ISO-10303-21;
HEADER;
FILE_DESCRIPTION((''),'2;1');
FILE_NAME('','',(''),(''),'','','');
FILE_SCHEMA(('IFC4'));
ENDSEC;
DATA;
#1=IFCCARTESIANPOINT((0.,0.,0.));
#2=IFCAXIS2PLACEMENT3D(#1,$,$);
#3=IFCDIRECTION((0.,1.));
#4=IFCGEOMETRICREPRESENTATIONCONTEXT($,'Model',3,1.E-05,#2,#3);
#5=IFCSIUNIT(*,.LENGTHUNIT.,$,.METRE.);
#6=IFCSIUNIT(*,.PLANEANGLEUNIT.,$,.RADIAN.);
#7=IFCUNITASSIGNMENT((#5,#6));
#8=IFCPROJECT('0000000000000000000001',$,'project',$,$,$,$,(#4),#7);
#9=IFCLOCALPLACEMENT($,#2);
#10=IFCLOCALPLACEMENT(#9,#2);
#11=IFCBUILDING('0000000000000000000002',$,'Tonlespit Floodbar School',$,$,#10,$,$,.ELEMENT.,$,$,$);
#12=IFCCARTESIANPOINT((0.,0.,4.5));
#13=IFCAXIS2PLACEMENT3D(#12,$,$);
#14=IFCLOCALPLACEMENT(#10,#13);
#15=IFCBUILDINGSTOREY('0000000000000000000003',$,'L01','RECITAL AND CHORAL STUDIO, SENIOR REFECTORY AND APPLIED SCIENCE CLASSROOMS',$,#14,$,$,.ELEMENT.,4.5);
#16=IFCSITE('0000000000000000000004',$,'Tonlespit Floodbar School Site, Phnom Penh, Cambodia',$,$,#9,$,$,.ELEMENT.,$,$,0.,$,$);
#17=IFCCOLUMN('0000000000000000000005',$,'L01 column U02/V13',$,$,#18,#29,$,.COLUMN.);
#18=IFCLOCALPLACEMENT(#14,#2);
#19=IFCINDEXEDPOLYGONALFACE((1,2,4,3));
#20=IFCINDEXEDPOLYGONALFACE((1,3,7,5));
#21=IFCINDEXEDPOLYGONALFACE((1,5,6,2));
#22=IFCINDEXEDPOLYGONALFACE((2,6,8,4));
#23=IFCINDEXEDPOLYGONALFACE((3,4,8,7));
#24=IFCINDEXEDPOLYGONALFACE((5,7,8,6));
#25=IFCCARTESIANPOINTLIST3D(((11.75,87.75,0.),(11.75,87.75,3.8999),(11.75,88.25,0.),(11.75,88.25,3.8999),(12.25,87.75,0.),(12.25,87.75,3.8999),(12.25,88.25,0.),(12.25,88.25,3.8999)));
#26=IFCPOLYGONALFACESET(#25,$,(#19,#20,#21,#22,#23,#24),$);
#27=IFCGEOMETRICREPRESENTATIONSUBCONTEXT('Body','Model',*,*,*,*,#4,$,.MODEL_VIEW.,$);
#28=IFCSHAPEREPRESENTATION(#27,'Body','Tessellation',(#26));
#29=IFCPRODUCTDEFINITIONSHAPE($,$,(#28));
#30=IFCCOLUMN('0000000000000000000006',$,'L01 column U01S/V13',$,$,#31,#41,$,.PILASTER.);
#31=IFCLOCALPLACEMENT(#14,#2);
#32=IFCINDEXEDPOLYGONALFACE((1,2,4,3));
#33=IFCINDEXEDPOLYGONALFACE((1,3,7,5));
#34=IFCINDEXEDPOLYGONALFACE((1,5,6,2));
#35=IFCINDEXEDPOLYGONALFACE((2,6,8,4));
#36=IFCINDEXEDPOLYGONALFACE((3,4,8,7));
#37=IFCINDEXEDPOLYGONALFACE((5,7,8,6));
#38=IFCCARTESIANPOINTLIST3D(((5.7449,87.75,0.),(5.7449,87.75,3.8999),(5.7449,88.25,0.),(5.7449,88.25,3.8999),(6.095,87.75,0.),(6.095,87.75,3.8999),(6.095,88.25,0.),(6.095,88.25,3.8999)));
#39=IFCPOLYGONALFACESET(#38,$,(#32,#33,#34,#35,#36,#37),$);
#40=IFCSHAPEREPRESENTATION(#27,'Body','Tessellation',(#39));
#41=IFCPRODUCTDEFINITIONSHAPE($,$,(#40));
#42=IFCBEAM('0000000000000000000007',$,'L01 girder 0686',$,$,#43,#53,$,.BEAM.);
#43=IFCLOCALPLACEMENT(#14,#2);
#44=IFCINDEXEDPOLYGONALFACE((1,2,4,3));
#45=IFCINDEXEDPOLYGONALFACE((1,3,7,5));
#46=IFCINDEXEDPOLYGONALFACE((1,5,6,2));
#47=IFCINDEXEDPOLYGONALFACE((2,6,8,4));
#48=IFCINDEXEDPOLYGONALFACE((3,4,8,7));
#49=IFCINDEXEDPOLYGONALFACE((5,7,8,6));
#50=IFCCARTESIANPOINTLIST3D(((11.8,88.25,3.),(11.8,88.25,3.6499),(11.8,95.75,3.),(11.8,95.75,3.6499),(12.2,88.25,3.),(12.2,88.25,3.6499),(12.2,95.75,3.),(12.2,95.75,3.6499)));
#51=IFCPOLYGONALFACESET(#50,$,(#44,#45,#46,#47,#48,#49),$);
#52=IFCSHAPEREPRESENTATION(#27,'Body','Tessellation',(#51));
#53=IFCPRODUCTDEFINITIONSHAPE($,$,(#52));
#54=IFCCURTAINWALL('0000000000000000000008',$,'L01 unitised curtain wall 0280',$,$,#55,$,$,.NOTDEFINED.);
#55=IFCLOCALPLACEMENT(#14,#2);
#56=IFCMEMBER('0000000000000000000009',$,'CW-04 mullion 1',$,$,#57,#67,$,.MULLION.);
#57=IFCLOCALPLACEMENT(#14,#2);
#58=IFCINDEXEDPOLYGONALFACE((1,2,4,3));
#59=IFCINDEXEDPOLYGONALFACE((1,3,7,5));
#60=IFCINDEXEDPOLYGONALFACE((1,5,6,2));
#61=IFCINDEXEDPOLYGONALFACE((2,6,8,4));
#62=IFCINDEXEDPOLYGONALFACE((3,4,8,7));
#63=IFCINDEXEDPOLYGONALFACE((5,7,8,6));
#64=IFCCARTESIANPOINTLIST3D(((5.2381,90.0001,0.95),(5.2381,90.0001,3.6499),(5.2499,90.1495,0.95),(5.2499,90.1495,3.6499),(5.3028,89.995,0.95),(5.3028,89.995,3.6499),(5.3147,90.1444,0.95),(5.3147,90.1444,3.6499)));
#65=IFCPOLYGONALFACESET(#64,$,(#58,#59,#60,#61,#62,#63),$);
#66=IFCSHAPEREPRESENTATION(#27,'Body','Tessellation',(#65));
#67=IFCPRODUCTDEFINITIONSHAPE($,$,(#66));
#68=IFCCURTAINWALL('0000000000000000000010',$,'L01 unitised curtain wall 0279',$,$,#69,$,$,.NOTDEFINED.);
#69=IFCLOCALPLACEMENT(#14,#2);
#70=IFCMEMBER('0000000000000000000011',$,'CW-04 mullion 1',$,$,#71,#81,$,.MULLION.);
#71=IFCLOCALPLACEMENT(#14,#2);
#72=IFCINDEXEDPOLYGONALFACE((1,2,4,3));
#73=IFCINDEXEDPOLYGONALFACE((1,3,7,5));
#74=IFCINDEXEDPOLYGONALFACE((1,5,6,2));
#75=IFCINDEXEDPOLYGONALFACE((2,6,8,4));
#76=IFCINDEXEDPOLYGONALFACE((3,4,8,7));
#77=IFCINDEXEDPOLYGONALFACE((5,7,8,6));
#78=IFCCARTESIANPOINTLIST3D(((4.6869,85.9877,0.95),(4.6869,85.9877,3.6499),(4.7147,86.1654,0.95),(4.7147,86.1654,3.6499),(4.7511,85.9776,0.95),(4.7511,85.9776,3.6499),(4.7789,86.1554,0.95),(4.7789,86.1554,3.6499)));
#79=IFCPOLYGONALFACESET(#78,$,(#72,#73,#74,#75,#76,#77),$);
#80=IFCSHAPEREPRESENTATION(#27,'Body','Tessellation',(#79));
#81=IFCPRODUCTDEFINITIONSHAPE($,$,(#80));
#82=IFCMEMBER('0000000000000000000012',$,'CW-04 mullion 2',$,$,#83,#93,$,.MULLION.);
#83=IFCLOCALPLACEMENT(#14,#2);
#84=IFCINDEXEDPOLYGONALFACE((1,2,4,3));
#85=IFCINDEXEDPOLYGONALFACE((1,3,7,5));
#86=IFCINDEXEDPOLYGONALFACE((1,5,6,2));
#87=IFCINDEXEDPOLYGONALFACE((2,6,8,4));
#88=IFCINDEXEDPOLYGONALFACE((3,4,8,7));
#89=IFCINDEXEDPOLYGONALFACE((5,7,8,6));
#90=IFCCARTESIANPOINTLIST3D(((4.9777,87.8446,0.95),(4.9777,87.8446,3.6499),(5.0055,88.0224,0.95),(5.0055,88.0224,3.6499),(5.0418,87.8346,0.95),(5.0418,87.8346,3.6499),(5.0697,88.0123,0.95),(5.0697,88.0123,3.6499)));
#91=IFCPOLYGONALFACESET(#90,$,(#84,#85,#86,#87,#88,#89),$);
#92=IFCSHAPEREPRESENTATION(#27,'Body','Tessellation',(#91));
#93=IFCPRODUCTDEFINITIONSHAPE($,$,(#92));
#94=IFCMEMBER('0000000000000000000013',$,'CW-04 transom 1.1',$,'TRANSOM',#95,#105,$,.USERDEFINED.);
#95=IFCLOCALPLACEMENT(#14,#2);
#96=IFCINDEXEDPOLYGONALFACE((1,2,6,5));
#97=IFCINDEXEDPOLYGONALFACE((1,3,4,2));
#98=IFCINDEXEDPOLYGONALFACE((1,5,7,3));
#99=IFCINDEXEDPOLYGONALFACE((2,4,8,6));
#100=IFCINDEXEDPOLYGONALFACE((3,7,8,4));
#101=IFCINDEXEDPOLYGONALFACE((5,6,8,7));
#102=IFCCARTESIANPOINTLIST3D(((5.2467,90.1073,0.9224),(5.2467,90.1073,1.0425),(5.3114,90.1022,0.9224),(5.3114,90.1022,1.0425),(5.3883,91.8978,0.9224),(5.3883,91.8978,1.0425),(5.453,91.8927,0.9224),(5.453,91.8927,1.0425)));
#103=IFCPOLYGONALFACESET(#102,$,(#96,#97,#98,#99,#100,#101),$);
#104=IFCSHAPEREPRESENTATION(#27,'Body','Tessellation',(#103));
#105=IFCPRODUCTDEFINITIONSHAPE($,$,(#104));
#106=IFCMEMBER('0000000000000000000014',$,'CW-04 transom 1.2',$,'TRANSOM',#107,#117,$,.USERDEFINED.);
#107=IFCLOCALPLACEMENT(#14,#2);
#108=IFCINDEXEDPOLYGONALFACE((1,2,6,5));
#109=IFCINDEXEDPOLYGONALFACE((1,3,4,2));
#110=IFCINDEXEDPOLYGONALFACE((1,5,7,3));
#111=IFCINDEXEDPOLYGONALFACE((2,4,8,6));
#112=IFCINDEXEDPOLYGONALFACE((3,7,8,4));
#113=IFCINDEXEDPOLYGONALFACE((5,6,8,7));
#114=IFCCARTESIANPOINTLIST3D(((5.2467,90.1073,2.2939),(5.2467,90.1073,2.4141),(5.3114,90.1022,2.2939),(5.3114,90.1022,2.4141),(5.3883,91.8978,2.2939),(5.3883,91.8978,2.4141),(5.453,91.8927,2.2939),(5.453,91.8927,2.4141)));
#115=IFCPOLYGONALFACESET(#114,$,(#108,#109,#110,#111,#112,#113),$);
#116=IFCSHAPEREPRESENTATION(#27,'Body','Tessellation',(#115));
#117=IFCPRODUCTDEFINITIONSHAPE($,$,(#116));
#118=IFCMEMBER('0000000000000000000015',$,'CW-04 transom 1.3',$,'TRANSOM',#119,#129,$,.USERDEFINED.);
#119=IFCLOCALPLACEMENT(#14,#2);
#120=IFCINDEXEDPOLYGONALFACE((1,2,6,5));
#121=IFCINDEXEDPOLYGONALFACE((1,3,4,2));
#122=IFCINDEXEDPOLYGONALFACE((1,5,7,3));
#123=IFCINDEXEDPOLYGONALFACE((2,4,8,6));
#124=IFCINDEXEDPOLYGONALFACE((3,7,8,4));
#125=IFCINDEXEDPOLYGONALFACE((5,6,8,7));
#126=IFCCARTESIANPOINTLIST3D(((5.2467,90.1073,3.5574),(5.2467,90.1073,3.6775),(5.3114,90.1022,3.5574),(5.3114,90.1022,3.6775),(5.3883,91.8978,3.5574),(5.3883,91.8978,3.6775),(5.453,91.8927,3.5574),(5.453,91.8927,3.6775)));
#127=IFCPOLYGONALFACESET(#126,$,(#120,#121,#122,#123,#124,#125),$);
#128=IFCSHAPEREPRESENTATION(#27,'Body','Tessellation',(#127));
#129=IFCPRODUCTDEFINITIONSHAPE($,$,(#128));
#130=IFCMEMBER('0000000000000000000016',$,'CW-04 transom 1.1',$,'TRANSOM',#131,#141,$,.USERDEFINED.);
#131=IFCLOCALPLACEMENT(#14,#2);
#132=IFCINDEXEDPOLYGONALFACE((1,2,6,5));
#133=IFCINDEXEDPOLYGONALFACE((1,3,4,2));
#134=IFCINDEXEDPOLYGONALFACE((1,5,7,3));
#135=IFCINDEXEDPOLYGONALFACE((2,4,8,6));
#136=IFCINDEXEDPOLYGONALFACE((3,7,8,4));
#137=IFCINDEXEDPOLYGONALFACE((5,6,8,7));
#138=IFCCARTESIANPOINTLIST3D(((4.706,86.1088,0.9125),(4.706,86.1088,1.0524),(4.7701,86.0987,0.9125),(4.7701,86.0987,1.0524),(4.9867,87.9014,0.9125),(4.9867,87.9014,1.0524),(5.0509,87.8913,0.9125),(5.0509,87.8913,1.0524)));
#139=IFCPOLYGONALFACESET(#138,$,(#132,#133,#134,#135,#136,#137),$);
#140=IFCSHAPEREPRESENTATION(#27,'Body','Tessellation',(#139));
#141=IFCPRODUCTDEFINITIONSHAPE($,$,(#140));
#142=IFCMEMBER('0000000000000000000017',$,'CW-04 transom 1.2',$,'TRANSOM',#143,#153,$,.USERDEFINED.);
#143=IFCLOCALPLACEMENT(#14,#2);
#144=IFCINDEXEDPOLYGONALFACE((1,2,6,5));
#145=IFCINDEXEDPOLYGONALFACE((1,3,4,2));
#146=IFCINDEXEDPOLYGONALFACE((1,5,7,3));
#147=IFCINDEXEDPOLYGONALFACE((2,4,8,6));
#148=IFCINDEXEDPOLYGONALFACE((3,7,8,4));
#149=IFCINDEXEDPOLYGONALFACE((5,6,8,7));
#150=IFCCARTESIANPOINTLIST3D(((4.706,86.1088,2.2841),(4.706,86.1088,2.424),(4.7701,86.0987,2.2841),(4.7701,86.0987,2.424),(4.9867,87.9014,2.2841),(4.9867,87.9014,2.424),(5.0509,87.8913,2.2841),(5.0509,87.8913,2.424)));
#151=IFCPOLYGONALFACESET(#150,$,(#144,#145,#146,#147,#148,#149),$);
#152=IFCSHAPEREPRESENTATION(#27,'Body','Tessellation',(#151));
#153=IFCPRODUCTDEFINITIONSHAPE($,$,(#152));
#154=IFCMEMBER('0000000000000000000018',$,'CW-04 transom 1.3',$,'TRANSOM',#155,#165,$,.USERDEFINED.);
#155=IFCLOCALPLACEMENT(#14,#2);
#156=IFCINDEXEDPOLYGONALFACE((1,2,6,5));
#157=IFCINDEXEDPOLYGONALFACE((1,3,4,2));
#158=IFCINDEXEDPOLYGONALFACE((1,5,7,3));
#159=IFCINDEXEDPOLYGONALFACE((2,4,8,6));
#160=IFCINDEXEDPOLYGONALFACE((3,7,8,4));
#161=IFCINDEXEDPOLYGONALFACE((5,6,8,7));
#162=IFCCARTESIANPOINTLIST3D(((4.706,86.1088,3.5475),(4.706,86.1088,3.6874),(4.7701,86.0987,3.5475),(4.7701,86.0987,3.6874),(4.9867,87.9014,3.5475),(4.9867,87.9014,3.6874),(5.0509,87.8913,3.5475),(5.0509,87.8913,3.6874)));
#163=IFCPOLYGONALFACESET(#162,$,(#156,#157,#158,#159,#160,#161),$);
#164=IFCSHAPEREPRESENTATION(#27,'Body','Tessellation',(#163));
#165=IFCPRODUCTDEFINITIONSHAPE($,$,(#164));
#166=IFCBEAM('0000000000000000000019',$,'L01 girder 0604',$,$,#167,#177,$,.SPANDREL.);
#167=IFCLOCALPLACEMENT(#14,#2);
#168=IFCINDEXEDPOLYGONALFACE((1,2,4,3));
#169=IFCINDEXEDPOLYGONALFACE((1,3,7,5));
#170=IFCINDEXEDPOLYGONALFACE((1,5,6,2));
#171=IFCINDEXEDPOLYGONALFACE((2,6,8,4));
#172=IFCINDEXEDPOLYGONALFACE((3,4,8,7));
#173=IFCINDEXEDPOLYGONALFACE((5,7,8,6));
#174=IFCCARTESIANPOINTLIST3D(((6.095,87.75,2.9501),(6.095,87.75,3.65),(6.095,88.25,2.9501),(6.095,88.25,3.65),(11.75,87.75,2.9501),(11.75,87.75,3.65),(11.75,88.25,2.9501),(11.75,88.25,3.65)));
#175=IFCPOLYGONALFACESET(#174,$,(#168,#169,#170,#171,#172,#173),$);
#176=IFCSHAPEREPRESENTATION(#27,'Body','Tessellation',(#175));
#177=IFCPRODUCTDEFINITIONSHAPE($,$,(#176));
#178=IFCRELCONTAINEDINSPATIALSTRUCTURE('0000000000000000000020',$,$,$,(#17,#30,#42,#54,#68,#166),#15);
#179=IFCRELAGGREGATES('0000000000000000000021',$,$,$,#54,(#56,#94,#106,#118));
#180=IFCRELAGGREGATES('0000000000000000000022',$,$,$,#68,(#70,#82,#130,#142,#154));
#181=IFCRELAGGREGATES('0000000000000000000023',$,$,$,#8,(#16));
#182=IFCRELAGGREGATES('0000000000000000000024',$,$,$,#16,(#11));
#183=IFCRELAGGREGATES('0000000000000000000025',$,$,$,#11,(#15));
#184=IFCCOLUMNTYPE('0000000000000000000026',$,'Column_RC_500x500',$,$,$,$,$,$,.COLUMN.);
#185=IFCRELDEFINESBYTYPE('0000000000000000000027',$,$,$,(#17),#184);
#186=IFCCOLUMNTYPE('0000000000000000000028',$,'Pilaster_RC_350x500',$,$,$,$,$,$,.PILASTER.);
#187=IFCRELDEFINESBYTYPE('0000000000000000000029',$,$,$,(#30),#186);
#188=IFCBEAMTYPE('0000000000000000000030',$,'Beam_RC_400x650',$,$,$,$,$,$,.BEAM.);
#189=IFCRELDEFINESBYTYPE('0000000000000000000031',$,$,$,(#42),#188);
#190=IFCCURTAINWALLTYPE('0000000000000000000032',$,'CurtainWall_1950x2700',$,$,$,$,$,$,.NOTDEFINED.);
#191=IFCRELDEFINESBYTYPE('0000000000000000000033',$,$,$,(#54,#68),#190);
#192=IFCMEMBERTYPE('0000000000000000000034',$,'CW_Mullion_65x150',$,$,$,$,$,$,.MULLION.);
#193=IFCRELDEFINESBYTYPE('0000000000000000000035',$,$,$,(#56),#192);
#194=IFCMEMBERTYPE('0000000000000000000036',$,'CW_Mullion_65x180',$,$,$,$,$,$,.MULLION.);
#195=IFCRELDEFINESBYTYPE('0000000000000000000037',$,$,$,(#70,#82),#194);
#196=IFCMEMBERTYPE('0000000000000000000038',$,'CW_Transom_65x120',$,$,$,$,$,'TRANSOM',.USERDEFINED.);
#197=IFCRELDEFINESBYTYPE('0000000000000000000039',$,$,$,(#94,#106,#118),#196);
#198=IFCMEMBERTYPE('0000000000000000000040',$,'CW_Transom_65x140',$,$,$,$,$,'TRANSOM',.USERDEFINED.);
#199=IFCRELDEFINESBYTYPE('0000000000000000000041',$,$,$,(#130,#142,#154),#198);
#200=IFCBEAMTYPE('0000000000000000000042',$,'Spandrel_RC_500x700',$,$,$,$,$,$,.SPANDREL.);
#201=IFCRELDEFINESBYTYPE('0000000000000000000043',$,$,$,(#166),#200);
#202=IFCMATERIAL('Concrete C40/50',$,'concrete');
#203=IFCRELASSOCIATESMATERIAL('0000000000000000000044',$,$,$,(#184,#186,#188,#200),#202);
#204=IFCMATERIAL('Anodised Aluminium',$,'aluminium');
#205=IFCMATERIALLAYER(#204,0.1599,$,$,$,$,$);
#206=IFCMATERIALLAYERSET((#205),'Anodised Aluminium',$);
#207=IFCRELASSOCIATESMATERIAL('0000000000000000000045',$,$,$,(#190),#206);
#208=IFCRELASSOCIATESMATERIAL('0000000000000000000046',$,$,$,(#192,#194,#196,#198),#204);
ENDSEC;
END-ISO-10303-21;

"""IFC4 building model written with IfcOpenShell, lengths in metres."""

from ifc_helpers import new_model, si_unit, direction, frame, origin, origin_2d, place, context, subcontext, project, spatial, rectangle, extrude, material, layer, layer_set, material_profile, profile_set, type_object, element, aggregate, save


model = new_model("IFC4")

# Units and contexts
model_context = context("Model", 3, precision=1e-05, world=origin(), true_north=direction((0.0, 1.0)))
body_context = subcontext(model_context, "Body", "Model", "MODEL_VIEW")
ifc_project = project(units=[si_unit("LENGTHUNIT", "METRE"), si_unit("PLANEANGLEUNIT", "RADIAN")], contexts=[model_context])

# Site, building, storey
site_placement = place(None, origin())
site = spatial("IfcSite", under=ifc_project, at=site_placement, Name="Tonlespit Floodbar School Site, Phnom Penh, Cambodia", CompositionType="ELEMENT", RefElevation=0.0)
building_placement = place(site_placement, origin())
building = spatial("IfcBuilding", under=site, at=building_placement, Name="Tonlespit Floodbar School", CompositionType="ELEMENT")
storey_placement = place(building_placement, frame((0.0, 0.0, 4.5)))
storey = spatial("IfcBuildingStorey", under=building, at=storey_placement, Name="L01", Description="RECITAL AND CHORAL STUDIO, SENIOR REFECTORY AND APPLIED SCIENCE CLASSROOMS", CompositionType="ELEMENT", Elevation=4.5)

# Columns
ifc_material_1 = material(Name="Concrete C40/50", Category="concrete")
ifc_material_profile_1 = material_profile(ifc_material_1, rectangle(XDim=0.5, YDim=0.5, at=origin_2d()), Name="RC 500x500")
ifc_profile_set_1 = profile_set([ifc_material_profile_1], Name="Concrete C40/50")
column_type_1 = type_object("IfcColumnType", Name="Column_RC_500x500", PredefinedType="COLUMN", material=ifc_profile_set_1)
column_1_placement = place(storey_placement, frame((12.0, 88.0, 0.0), z_axis=(0.0, 0.0, 1.0), x_axis=(1.0, 0.0, 0.0)))
element("IfcColumn", 1, at=column_1_placement, inside=storey, type_object=column_type_1, Name="L01 column U02/V13", PredefinedType="COLUMN", context=body_context, shape_type="SweptSolid", body=[
    extrude(rectangle(XDim=0.5, YDim=0.5, at=origin_2d()), origin(), (0.0, 0.0, 1.0), 3.8999),
])
ifc_material_profile_2 = material_profile(ifc_material_1, rectangle(XDim=0.3501, YDim=0.5, at=origin_2d()), Name="RC 350x500")
ifc_profile_set_2 = profile_set([ifc_material_profile_2], Name="Concrete C40/50")
column_type_2 = type_object("IfcColumnType", Name="Pilaster_RC_350x500", PredefinedType="PILASTER", material=ifc_profile_set_2)
column_2_placement = place(storey_placement, frame((5.9199, 88.0, 0.0), z_axis=(0.0, 0.0, 1.0), x_axis=(1.0, 0.0, 0.0)))
element("IfcColumn", 2, at=column_2_placement, inside=storey, type_object=column_type_2, Name="L01 column U01S/V13", PredefinedType="PILASTER", context=body_context, shape_type="SweptSolid", body=[
    extrude(rectangle(XDim=0.3501, YDim=0.5, at=origin_2d()), origin(), (0.0, 0.0, 1.0), 3.8999),
])

# Beam
ifc_material_profile_3 = material_profile(ifc_material_1, rectangle(XDim=0.3999, YDim=0.6499, at=origin_2d()), Name="RC 400x650")
ifc_profile_set_3 = profile_set([ifc_material_profile_3], Name="Concrete C40/50")
beam_type_1 = type_object("IfcBeamType", Name="Beam_RC_400x650", PredefinedType="BEAM", material=ifc_profile_set_3)
beam_1_placement = place(storey_placement, frame((12.0, 88.25, 3.325), z_axis=(0.0, 1.0, 0.0), x_axis=(-1.0, 0.0, 0.0)))
element("IfcBeam", 3, at=beam_1_placement, inside=storey, type_object=beam_type_1, Name="L01 girder 0686", PredefinedType="BEAM", context=body_context, shape_type="SweptSolid", body=[
    extrude(rectangle(XDim=0.3999, YDim=0.6499, at=origin_2d()), origin(), (0.0, 0.0, 1.0), 7.5),
])

# Curtain wall, member
ifc_material_2 = material(Name="Anodised Aluminium", Category="aluminium")
ifc_layer_1 = layer(ifc_material_2, 0.1599)
ifc_layer_set_1 = layer_set([ifc_layer_1], Name="Anodised Aluminium")
curtain_wall_type = type_object("IfcCurtainWallType", Name="CurtainWall_1950x2700", PredefinedType="NOTDEFINED", material=ifc_layer_set_1)
curtain_wall_1_placement = place(storey_placement, origin())
curtain_wall_1 = element("IfcCurtainWall", 4, at=curtain_wall_1_placement, inside=storey, type_object=curtain_wall_type, Name="L01 unitised curtain wall 0280", PredefinedType="NOTDEFINED")
ifc_material_profile_4 = material_profile(ifc_material_2, rectangle(XDim=0.0649, YDim=0.1499, at=origin_2d()), Name="ALU M65x150")
ifc_profile_set_4 = profile_set([ifc_material_profile_4], Name="Anodised Aluminium")
member_type_1 = type_object("IfcMemberType", Name="CW_Mullion_65x150", PredefinedType="MULLION", material=ifc_profile_set_4)
member_1_placement = place(storey_placement, frame((5.2764, 90.0723, 0.95), z_axis=(0.0, 0.0, 1.0), x_axis=(-0.996878, 0.078963, 0.0)))
member_1 = element("IfcMember", 5, at=member_1_placement, type_object=member_type_1, Name="CW-04 mullion 1", PredefinedType="MULLION", context=body_context, shape_type="SweptSolid", body=[
    extrude(rectangle(XDim=0.0649, YDim=0.1499, at=origin_2d()), origin(), (0.0, 0.0, 1.0), 2.7),
])

# Curtain wall, members
curtain_wall_2_placement = place(storey_placement, origin())
curtain_wall_2 = element("IfcCurtainWall", 6, at=curtain_wall_2_placement, inside=storey, type_object=curtain_wall_type, Name="L01 unitised curtain wall 0279", PredefinedType="NOTDEFINED")
ifc_material_profile_5 = material_profile(ifc_material_2, rectangle(XDim=0.0649, YDim=0.1799, at=origin_2d()), Name="ALU M65x180")
ifc_profile_set_5 = profile_set([ifc_material_profile_5], Name="Anodised Aluminium")
member_type_2 = type_object("IfcMemberType", Name="CW_Mullion_65x180", PredefinedType="MULLION", material=ifc_profile_set_5)
member_2_placement = place(storey_placement, frame((4.7329, 86.0715, 0.95), z_axis=(0.0, 0.0, 1.0), x_axis=(-0.987961, 0.1547, 0.0)))
member_2 = element("IfcMember", 7, at=member_2_placement, type_object=member_type_2, Name="CW-04 mullion 1", PredefinedType="MULLION", context=body_context, shape_type="SweptSolid", body=[
    extrude(rectangle(XDim=0.0649, YDim=0.1799, at=origin_2d()), origin(), (0.0, 0.0, 1.0), 2.7),
])
member_3_placement = place(storey_placement, frame((5.0237, 87.9285, 0.95), z_axis=(0.0, 0.0, 1.0), x_axis=(-0.987961, 0.1547, 0.0)))
member_3 = element("IfcMember", 8, at=member_3_placement, type_object=member_type_2, Name="CW-04 mullion 2", PredefinedType="MULLION", context=body_context, shape_type="SweptSolid", body=[
    extrude(rectangle(XDim=0.0649, YDim=0.1799, at=origin_2d()), origin(), (0.0, 0.0, 1.0), 2.7),
])

# Members
ifc_material_profile_6 = material_profile(ifc_material_2, rectangle(XDim=0.0649, YDim=0.1201, at=origin_2d()), Name="ALU T65x120")
ifc_profile_set_6 = profile_set([ifc_material_profile_6], Name="Anodised Aluminium")
member_type_3 = type_object("IfcMemberType", Name="CW_Transom_65x120", ElementType="TRANSOM", PredefinedType="USERDEFINED", material=ifc_profile_set_6)
member_4_placement = place(storey_placement, frame((5.2791, 90.1047, 0.9824), z_axis=(0.078838, 0.996887, 0.0), x_axis=(-0.996887, 0.078838, 0.0)))
member_4 = element("IfcMember", 9, at=member_4_placement, type_object=member_type_3, Name="CW-04 transom 1.1", ObjectType="TRANSOM", PredefinedType="USERDEFINED", context=body_context, shape_type="SweptSolid", body=[
    extrude(rectangle(XDim=0.0649, YDim=0.1201, at=origin_2d()), origin(), (0.0, 0.0, 1.0), 1.7961),
])
member_5_placement = place(storey_placement, frame((5.2791, 90.1047, 2.354), z_axis=(0.078838, 0.996887, 0.0), x_axis=(-0.996887, 0.078838, 0.0)))
member_5 = element("IfcMember", 10, at=member_5_placement, type_object=member_type_3, Name="CW-04 transom 1.2", ObjectType="TRANSOM", PredefinedType="USERDEFINED", context=body_context, shape_type="SweptSolid", body=[
    extrude(rectangle(XDim=0.0649, YDim=0.1201, at=origin_2d()), origin(), (0.0, 0.0, 1.0), 1.7961),
])
member_6_placement = place(storey_placement, frame((5.2791, 90.1047, 3.6174), z_axis=(0.078838, 0.996887, 0.0), x_axis=(-0.996887, 0.078838, 0.0)))
member_6 = element("IfcMember", 11, at=member_6_placement, type_object=member_type_3, Name="CW-04 transom 1.3", ObjectType="TRANSOM", PredefinedType="USERDEFINED", context=body_context, shape_type="SweptSolid", body=[
    extrude(rectangle(XDim=0.0649, YDim=0.1201, at=origin_2d()), origin(), (0.0, 0.0, 1.0), 1.7961),
])
aggregate(curtain_wall_1, [member_1, member_4, member_5, member_6])
ifc_material_profile_7 = material_profile(ifc_material_2, rectangle(XDim=0.0649, YDim=0.1399, at=origin_2d()), Name="ALU T65x140")
ifc_profile_set_7 = profile_set([ifc_material_profile_7], Name="Anodised Aluminium")
member_type_4 = type_object("IfcMemberType", Name="CW_Transom_65x140", ElementType="TRANSOM", PredefinedType="USERDEFINED", material=ifc_profile_set_7)
member_7_placement = place(storey_placement, frame((4.738, 86.1038, 0.9824), z_axis=(0.154746, 0.987954, 0.0), x_axis=(-0.987954, 0.154746, 0.0)))
member_7 = element("IfcMember", 12, at=member_7_placement, type_object=member_type_4, Name="CW-04 transom 1.1", ObjectType="TRANSOM", PredefinedType="USERDEFINED", context=body_context, shape_type="SweptSolid", body=[
    extrude(rectangle(XDim=0.0649, YDim=0.1399, at=origin_2d()), origin(), (0.0, 0.0, 1.0), 1.8145),
])
member_8_placement = place(storey_placement, frame((4.738, 86.1038, 2.354), z_axis=(0.154746, 0.987954, 0.0), x_axis=(-0.987954, 0.154746, 0.0)))
member_8 = element("IfcMember", 13, at=member_8_placement, type_object=member_type_4, Name="CW-04 transom 1.2", ObjectType="TRANSOM", PredefinedType="USERDEFINED", context=body_context, shape_type="SweptSolid", body=[
    extrude(rectangle(XDim=0.0649, YDim=0.1399, at=origin_2d()), origin(), (0.0, 0.0, 1.0), 1.8145),
])
member_9_placement = place(storey_placement, frame((4.738, 86.1038, 3.6174), z_axis=(0.154746, 0.987954, 0.0), x_axis=(-0.987954, 0.154746, 0.0)))
member_9 = element("IfcMember", 14, at=member_9_placement, type_object=member_type_4, Name="CW-04 transom 1.3", ObjectType="TRANSOM", PredefinedType="USERDEFINED", context=body_context, shape_type="SweptSolid", body=[
    extrude(rectangle(XDim=0.0649, YDim=0.1399, at=origin_2d()), origin(), (0.0, 0.0, 1.0), 1.8145),
])

# Beam
ifc_material_profile_8 = material_profile(ifc_material_1, rectangle(XDim=0.5, YDim=0.7, at=origin_2d()), Name="RC 500x700")
ifc_profile_set_8 = profile_set([ifc_material_profile_8], Name="Concrete C40/50")
beam_type_2 = type_object("IfcBeamType", Name="Spandrel_RC_500x700", PredefinedType="SPANDREL", material=ifc_profile_set_8)
beam_2_placement = place(storey_placement, frame((6.095, 88.0, 3.3), z_axis=(1.0, 0.0, 0.0), x_axis=(0.0, 1.0, 0.0)))
element("IfcBeam", 15, at=beam_2_placement, inside=storey, type_object=beam_type_2, Name="L01 girder 0604", PredefinedType="SPANDREL", context=body_context, shape_type="SweptSolid", body=[
    extrude(rectangle(XDim=0.5, YDim=0.7, at=origin_2d()), origin(), (0.0, 0.0, 1.0), 5.655),
])

aggregate(curtain_wall_2, [member_2, member_3, member_7, member_8, member_9])

save(model, "model.ifc")
